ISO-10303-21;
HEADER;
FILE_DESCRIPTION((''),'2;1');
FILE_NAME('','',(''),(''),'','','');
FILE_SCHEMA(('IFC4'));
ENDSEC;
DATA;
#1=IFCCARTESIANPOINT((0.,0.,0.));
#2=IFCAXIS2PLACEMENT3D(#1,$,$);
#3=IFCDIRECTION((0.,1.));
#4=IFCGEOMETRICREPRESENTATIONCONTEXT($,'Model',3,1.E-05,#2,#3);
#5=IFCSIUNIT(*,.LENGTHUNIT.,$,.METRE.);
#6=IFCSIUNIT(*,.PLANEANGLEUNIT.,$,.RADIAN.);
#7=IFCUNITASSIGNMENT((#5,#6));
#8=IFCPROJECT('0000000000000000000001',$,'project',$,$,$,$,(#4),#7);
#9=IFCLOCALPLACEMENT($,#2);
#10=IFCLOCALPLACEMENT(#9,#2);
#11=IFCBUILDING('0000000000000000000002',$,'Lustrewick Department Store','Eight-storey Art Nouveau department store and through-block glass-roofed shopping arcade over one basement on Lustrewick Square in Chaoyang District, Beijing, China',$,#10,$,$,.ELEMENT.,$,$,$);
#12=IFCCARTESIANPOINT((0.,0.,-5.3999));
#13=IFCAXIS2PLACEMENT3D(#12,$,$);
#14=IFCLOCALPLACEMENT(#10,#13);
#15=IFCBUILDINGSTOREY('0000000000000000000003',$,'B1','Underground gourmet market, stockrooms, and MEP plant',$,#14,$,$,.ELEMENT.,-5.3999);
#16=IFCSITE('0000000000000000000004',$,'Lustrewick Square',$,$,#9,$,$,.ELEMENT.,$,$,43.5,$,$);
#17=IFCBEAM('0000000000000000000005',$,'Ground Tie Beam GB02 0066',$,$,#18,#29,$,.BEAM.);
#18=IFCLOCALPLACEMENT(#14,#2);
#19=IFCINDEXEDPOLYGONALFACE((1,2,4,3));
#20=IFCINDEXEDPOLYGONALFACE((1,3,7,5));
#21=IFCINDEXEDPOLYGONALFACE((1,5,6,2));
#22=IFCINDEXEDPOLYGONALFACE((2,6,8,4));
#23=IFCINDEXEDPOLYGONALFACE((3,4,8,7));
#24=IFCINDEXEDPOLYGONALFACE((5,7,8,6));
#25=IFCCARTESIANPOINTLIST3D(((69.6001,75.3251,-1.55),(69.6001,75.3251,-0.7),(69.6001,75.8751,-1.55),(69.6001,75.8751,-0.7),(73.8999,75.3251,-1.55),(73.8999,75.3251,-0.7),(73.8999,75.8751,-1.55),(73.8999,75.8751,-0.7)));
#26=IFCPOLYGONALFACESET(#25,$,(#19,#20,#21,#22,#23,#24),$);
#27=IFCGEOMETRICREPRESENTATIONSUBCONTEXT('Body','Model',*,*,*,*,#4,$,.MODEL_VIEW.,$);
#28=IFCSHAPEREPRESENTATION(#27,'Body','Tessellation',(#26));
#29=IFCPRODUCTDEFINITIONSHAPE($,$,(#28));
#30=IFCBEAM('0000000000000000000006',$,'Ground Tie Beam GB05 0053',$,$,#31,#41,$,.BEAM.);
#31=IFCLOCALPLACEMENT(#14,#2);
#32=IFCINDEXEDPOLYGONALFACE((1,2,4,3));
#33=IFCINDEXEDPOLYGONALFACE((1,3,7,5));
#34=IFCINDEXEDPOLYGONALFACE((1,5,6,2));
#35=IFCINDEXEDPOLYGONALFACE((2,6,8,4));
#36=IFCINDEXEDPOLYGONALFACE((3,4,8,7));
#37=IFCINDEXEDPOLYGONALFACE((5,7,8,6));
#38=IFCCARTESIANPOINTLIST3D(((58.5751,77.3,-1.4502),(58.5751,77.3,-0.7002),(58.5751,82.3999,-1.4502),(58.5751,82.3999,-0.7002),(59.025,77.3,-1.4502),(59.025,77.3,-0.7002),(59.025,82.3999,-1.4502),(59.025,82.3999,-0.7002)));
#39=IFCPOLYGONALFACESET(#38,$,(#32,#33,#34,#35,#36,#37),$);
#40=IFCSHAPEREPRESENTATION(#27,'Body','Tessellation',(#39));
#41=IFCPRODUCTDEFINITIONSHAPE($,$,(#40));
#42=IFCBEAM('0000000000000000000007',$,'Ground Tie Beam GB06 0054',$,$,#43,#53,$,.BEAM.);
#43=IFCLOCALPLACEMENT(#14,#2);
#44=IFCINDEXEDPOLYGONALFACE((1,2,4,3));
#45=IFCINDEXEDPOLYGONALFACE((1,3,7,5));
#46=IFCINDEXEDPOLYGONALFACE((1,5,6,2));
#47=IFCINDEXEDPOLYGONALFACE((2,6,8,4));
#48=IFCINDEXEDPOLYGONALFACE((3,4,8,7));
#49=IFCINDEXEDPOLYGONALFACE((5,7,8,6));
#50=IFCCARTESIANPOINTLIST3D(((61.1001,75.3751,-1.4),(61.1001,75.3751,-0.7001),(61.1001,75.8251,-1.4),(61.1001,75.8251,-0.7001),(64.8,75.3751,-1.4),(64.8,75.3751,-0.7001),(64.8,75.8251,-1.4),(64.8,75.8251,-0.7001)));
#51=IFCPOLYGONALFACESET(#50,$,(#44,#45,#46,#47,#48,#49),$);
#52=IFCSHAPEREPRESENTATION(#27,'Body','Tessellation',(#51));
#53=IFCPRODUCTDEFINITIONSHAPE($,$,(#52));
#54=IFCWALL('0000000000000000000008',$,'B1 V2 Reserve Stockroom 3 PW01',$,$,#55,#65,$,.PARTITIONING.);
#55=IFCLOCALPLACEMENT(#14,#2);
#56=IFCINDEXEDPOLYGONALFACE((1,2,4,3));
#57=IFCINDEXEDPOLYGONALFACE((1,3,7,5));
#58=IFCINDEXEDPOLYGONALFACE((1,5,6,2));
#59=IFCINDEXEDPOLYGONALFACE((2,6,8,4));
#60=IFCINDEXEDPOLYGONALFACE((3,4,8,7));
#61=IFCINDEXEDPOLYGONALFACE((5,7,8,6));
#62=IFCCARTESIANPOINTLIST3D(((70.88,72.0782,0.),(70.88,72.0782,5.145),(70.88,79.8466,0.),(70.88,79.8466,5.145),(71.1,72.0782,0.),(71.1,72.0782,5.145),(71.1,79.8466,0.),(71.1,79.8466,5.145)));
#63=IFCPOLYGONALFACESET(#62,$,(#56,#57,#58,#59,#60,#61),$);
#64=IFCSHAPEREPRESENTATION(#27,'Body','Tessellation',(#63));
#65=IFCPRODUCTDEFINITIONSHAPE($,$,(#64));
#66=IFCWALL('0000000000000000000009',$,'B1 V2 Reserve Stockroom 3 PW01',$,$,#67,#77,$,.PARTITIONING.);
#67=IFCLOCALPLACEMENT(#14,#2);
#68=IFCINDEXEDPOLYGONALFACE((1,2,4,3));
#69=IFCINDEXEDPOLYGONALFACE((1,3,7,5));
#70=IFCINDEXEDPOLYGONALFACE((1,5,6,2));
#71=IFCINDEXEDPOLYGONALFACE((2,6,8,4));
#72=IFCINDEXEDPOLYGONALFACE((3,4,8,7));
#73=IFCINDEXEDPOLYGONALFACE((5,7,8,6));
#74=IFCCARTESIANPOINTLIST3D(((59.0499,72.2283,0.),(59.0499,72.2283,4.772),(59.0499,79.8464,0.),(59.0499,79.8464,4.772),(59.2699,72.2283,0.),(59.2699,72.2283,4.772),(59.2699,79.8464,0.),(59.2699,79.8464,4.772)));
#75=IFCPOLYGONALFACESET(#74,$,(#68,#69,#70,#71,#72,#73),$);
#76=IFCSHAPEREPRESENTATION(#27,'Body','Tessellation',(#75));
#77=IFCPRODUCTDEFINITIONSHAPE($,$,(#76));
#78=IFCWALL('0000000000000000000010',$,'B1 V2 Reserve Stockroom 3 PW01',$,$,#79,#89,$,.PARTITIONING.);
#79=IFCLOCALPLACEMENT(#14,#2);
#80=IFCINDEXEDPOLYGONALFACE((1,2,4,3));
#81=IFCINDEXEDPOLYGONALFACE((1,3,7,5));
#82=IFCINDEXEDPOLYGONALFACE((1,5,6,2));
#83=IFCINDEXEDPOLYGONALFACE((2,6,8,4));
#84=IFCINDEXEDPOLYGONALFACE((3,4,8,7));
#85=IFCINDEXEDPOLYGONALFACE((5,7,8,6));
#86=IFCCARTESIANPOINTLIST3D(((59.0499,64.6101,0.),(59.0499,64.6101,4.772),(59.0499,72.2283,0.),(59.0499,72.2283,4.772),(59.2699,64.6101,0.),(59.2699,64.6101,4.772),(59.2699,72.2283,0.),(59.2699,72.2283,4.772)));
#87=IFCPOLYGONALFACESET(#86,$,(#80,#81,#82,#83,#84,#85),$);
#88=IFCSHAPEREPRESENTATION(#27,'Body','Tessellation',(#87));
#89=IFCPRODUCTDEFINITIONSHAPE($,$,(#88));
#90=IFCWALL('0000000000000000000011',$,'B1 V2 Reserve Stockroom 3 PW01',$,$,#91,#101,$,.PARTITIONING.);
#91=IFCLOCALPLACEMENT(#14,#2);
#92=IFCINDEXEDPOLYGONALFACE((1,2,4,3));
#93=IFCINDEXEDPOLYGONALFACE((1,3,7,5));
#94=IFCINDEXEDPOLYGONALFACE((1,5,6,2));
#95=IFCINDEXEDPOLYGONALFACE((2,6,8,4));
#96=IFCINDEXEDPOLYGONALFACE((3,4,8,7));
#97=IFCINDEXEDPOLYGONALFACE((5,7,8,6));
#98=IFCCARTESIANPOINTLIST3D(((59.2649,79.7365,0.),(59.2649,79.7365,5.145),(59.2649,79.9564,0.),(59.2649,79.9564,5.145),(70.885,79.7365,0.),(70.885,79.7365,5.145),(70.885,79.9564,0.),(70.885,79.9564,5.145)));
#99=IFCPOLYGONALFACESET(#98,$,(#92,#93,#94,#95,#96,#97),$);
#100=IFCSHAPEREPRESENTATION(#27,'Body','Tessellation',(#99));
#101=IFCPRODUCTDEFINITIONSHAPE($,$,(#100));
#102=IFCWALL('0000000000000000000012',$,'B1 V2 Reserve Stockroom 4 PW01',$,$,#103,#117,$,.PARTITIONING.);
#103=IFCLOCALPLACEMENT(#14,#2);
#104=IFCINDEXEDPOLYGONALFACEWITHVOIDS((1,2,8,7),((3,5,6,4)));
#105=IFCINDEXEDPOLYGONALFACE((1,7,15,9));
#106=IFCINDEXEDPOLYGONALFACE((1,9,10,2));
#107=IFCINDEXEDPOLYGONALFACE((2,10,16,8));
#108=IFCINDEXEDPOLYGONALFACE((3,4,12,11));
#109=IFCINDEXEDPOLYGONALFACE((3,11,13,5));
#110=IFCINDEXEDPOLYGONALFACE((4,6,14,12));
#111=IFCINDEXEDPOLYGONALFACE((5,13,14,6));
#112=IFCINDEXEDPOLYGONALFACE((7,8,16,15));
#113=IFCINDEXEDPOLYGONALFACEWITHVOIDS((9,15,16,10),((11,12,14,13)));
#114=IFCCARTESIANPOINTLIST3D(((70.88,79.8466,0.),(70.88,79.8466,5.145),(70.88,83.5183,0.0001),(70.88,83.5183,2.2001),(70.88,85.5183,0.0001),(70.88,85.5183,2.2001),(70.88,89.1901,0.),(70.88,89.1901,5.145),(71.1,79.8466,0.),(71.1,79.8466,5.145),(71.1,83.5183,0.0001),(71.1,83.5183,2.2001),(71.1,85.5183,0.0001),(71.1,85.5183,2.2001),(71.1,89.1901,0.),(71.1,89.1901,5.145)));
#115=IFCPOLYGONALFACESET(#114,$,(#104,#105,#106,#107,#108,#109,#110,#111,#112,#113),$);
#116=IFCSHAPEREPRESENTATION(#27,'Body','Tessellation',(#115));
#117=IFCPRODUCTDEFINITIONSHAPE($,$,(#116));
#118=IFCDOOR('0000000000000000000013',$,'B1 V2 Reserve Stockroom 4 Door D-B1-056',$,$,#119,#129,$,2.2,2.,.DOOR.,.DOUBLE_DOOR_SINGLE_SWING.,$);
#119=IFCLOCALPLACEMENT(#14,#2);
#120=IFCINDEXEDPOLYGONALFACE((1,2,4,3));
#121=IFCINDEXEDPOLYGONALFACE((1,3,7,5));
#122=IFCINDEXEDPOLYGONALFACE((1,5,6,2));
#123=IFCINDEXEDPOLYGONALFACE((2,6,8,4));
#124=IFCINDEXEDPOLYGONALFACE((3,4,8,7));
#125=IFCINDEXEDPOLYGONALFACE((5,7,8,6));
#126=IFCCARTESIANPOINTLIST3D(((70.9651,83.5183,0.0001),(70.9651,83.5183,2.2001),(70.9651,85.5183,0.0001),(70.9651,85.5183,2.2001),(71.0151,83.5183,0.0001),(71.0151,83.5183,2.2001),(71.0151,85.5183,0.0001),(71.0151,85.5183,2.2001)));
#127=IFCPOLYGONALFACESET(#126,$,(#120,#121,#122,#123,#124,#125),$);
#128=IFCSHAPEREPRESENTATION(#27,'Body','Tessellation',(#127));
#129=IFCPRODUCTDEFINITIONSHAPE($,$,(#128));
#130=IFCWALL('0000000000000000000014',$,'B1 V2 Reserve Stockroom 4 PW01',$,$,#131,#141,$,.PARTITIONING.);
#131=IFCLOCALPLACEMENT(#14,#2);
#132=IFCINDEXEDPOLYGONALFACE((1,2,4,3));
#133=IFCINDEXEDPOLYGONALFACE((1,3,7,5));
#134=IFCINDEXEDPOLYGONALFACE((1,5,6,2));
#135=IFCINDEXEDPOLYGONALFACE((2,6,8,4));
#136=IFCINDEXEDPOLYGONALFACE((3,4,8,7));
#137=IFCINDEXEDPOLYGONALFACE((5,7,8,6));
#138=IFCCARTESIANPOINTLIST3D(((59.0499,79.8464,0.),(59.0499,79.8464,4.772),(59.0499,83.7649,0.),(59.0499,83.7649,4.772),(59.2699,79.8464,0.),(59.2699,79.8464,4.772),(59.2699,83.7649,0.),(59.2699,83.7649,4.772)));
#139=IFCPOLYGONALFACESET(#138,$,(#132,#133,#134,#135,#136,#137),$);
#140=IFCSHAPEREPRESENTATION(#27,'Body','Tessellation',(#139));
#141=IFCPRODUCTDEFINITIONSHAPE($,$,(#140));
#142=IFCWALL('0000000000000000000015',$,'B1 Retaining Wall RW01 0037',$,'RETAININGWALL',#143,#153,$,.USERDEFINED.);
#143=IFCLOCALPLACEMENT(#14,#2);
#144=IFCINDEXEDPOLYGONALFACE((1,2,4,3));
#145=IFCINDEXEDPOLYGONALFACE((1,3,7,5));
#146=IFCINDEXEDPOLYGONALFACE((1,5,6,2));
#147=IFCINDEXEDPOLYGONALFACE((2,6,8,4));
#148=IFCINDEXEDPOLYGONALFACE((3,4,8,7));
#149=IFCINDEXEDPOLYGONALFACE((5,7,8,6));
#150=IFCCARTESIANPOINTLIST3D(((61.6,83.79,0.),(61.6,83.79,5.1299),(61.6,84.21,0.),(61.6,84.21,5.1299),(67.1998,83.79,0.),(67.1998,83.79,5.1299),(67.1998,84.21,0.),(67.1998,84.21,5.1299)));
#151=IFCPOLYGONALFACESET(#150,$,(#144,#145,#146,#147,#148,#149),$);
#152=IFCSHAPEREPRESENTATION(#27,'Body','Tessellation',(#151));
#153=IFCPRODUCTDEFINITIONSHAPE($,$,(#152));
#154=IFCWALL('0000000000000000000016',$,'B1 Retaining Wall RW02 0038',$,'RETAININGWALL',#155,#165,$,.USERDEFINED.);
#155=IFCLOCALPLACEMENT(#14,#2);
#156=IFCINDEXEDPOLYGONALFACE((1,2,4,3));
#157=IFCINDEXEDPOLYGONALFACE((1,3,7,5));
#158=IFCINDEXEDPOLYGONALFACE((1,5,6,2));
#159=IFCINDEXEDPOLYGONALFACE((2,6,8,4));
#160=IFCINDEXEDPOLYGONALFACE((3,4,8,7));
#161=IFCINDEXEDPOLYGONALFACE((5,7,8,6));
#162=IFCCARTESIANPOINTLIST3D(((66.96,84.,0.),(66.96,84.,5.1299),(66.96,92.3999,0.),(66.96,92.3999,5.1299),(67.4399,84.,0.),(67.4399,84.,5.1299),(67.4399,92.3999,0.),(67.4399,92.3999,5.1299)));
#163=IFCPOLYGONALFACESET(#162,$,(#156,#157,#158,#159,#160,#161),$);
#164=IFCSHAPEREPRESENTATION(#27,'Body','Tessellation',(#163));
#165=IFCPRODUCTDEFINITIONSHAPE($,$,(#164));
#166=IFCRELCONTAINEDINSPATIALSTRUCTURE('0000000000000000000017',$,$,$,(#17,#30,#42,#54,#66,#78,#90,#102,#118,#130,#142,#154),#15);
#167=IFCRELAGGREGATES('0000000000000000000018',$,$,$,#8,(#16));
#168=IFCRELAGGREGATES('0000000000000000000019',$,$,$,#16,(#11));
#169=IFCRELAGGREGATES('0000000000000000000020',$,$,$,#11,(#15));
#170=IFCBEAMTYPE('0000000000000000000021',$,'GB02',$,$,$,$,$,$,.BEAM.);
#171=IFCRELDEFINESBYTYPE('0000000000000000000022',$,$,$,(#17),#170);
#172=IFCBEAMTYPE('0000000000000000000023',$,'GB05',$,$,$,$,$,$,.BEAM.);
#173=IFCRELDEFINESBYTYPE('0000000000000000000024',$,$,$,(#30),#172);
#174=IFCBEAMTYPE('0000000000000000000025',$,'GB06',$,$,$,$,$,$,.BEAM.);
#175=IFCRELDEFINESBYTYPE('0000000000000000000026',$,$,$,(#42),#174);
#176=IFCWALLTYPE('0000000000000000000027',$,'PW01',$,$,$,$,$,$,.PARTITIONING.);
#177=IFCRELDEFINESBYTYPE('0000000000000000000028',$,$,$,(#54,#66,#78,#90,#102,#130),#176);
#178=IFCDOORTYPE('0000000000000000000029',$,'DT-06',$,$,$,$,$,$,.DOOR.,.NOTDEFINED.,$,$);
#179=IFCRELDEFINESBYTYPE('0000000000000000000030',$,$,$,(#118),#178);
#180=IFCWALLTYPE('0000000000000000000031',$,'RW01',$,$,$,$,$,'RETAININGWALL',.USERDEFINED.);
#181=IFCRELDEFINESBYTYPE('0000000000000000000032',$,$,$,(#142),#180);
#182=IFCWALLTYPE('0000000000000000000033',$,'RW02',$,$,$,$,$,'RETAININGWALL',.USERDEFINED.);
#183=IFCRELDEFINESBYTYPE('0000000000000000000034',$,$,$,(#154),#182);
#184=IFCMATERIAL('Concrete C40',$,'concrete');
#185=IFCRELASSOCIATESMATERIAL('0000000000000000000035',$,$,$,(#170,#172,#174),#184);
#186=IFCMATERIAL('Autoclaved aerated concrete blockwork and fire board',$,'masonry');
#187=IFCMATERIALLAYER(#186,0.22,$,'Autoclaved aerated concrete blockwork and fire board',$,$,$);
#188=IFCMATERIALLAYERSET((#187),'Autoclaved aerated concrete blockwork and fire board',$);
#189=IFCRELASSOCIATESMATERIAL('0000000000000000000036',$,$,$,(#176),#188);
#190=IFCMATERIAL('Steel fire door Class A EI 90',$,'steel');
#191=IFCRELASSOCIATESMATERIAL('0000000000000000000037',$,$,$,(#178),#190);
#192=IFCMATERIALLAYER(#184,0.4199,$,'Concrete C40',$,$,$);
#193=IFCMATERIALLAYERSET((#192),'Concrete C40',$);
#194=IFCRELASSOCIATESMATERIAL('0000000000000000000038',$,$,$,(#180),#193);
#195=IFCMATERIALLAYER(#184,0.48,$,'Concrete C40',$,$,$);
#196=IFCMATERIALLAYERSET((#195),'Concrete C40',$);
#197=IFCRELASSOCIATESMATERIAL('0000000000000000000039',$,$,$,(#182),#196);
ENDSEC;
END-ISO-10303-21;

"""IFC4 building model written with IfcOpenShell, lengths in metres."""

from ifc_helpers import new_model, si_unit, direction, frame, frame_2d, origin, origin_2d, place, context, subcontext, project, spatial, rectangle, extrude, material, layer, layer_set, material_profile, profile_set, type_object, element, fill, save


model = new_model("IFC4")

# Units and contexts
model_context = context("Model", 3, precision=1e-05, world=origin(), true_north=direction((0.0, 1.0)))
body_context = subcontext(model_context, "Body", "Model", "MODEL_VIEW")
ifc_project = project(units=[si_unit("LENGTHUNIT", "METRE"), si_unit("PLANEANGLEUNIT", "RADIAN")], contexts=[model_context])

# Site, building, storey
site_placement = place(None, origin())
site = spatial("IfcSite", under=ifc_project, at=site_placement, Name="Lustrewick Square", CompositionType="ELEMENT", RefElevation=43.5)
building_placement = place(site_placement, origin())
building = spatial("IfcBuilding", under=site, at=building_placement, Name="Lustrewick Department Store", Description="Eight-storey Art Nouveau department store and through-block glass-roofed shopping arcade over one basement on Lustrewick Square in Chaoyang District, Beijing, China", CompositionType="ELEMENT")
storey_placement = place(building_placement, frame((0.0, 0.0, -5.3999)))
storey = spatial("IfcBuildingStorey", under=building, at=storey_placement, Name="B1", Description="Underground gourmet market, stockrooms, and MEP plant", CompositionType="ELEMENT", Elevation=-5.3999)

# Shared definitions
ifc_material_1 = material(Name="Concrete C40", Category="concrete")

# Beams
ifc_material_profile_1 = material_profile(ifc_material_1, rectangle(XDim=0.55, YDim=0.8501, at=origin_2d()), Name="RC 550x850")
ifc_profile_set_1 = profile_set([ifc_material_profile_1], Name="Concrete C40")
beam_type_1 = type_object("IfcBeamType", Name="GB02", PredefinedType="BEAM", material=ifc_profile_set_1)
beam_1_placement = place(storey_placement, frame((69.6001, 75.6001, -1.125), z_axis=(1.0, 0.0, 0.0), x_axis=(0.0, 1.0, 0.0)))
element("IfcBeam", 1, at=beam_1_placement, inside=storey, type_object=beam_type_1, Name="Ground Tie Beam GB02 0066", PredefinedType="BEAM", context=body_context, shape_type="SweptSolid", body=[
    extrude(rectangle(XDim=0.55, YDim=0.8501, at=origin_2d()), origin(), (0.0, 0.0, 1.0), 4.2998),
])
ifc_material_profile_2 = material_profile(ifc_material_1, rectangle(XDim=0.45, YDim=0.75, at=origin_2d()), Name="RC 450x750")
ifc_profile_set_2 = profile_set([ifc_material_profile_2], Name="Concrete C40")
beam_type_2 = type_object("IfcBeamType", Name="GB05", PredefinedType="BEAM", material=ifc_profile_set_2)
beam_2_placement = place(storey_placement, frame((58.8, 77.3, -1.0752), z_axis=(0.0, 1.0, 0.0), x_axis=(-1.0, 0.0, 0.0)))
element("IfcBeam", 2, at=beam_2_placement, inside=storey, type_object=beam_type_2, Name="Ground Tie Beam GB05 0053", PredefinedType="BEAM", context=body_context, shape_type="SweptSolid", body=[
    extrude(rectangle(XDim=0.45, YDim=0.75, at=origin_2d()), origin(), (0.0, 0.0, 1.0), 5.0999),
])
ifc_material_profile_3 = material_profile(ifc_material_1, rectangle(XDim=0.45, YDim=0.7, at=origin_2d()), Name="RC 450x700")
ifc_profile_set_3 = profile_set([ifc_material_profile_3], Name="Concrete C40")
beam_type_3 = type_object("IfcBeamType", Name="GB06", PredefinedType="BEAM", material=ifc_profile_set_3)
beam_3_placement = place(storey_placement, frame((61.1001, 75.6001, -1.05), z_axis=(1.0, 0.0, 0.0), x_axis=(0.0, 1.0, 0.0)))
element("IfcBeam", 3, at=beam_3_placement, inside=storey, type_object=beam_type_3, Name="Ground Tie Beam GB06 0054", PredefinedType="BEAM", context=body_context, shape_type="SweptSolid", body=[
    extrude(rectangle(XDim=0.45, YDim=0.7, at=origin_2d()), origin(), (0.0, 0.0, 1.0), 3.7),
])

# Walls
ifc_material_2 = material(Name="Autoclaved aerated concrete blockwork and fire board", Category="masonry")
ifc_layer_1 = layer(ifc_material_2, 0.22, Name="Autoclaved aerated concrete blockwork and fire board")
ifc_layer_set_1 = layer_set([ifc_layer_1], Name="Autoclaved aerated concrete blockwork and fire board")
wall_type_1 = type_object("IfcWallType", Name="PW01", PredefinedType="PARTITIONING", material=ifc_layer_set_1)
wall_1_placement = place(storey_placement, frame((70.99, 72.0781, 0.0), z_axis=(0.0, 0.0, 1.0), x_axis=(0.0, 1.0, 0.0)))
element("IfcWall", 4, at=wall_1_placement, inside=storey, type_object=wall_type_1, Name="B1 V2 Reserve Stockroom 3 PW01", PredefinedType="PARTITIONING", context=body_context, shape_type="SweptSolid", body=[
    extrude(rectangle(XDim=7.7683, YDim=0.22, at=frame_2d((3.8843, 0.0))), origin(), (0.0, 0.0, 1.0), 5.145),
])
for number, where, z_axis, x_axis, name in (
    (5, (59.1599, 79.8464, 0.0), (0.0, 0.0, 1.0), (0.0, -1.0, 0.0), "B1 V2 Reserve Stockroom 3 PW01"),
    (6, (59.1599, 72.2283, 0.0), (0.0, 0.0, 1.0), (0.0, -1.0, 0.0), "B1 V2 Reserve Stockroom 3 PW01"),
):
    element("IfcWall", number, at=place(storey_placement, frame(where, z_axis=z_axis, x_axis=x_axis)), inside=storey, type_object=wall_type_1, Name=name, PredefinedType="PARTITIONING", context=body_context, shape_type="SweptSolid", body=[
        extrude(rectangle(XDim=7.6182, YDim=0.22, at=frame_2d((3.8091, 0.0))), origin(), (0.0, 0.0, 1.0), 4.772),
    ])
wall_2_placement = place(storey_placement, frame((70.885, 79.8464, 0.0), z_axis=(0.0, 0.0, 1.0), x_axis=(-1.0, 0.0, 0.0)))
element("IfcWall", 7, at=wall_2_placement, inside=storey, type_object=wall_type_1, Name="B1 V2 Reserve Stockroom 3 PW01", PredefinedType="PARTITIONING", context=body_context, shape_type="SweptSolid", body=[
    extrude(rectangle(XDim=11.6201, YDim=0.22, at=frame_2d((5.8101, 0.0))), origin(), (0.0, 0.0, 1.0), 5.145),
])

# Wall, opening, door
wall_3_placement = place(storey_placement, frame((70.99, 79.8464, 0.0), z_axis=(0.0, 0.0, 1.0), x_axis=(0.0, 1.0, 0.0)))
wall_3 = element("IfcWall", 8, at=wall_3_placement, inside=storey, type_object=wall_type_1, Name="B1 V2 Reserve Stockroom 4 PW01", PredefinedType="PARTITIONING", context=body_context, shape_type="SweptSolid", body=[
    extrude(rectangle(XDim=9.3435, YDim=0.22, at=frame_2d((4.6719, 0.0))), origin(), (0.0, 0.0, 1.0), 5.145),
])
opening_placement = place(wall_3_placement, frame((3.6719, 0.0, 0.0)))
opening = element("IfcOpeningElement", 9, at=opening_placement, cuts=wall_3, PredefinedType="OPENING", context=body_context, shape_type="SweptSolid", body=[
    extrude(rectangle(XDim=2.0, YDim=2.2, at=frame_2d((1.0, 1.1001))), frame((0.0, 0.1201, 0.0), z_axis=(0.0, -1.0, 0.0), x_axis=(1.0, 0.0, 0.0)), (0.0, 0.0, 1.0), 0.24),
])
ifc_material_3 = material(Name="Steel fire door Class A EI 90", Category="steel")
door_type = type_object("IfcDoorType", Name="DT-06", OperationType="NOTDEFINED", PredefinedType="DOOR", material=ifc_material_3)
door_placement = place(opening_placement, origin())
door = element("IfcDoor", 10, at=door_placement, inside=storey, type_object=door_type, Name="B1 V2 Reserve Stockroom 4 Door D-B1-056", OperationType="DOUBLE_DOOR_SINGLE_SWING", OverallHeight=2.2, OverallWidth=2.0, PredefinedType="DOOR", context=body_context, shape_type="SweptSolid", body=[
    extrude(rectangle(XDim=2.0, YDim=2.2, at=frame_2d((1.0, 1.1001))), frame((0.0, 0.0249, 0.0), z_axis=(0.0, -1.0, 0.0), x_axis=(1.0, 0.0, 0.0)), (0.0, 0.0, 1.0), 0.05),
])
fill(opening, door)

# Walls
wall_4_placement = place(storey_placement, frame((59.1599, 83.7649, 0.0), z_axis=(0.0, 0.0, 1.0), x_axis=(0.0, -1.0, 0.0)))
element("IfcWall", 11, at=wall_4_placement, inside=storey, type_object=wall_type_1, Name="B1 V2 Reserve Stockroom 4 PW01", PredefinedType="PARTITIONING", context=body_context, shape_type="SweptSolid", body=[
    extrude(rectangle(XDim=3.9185, YDim=0.22, at=frame_2d((1.9592, 0.0))), origin(), (0.0, 0.0, 1.0), 4.772),
])
ifc_layer_2 = layer(ifc_material_1, 0.4199, Name="Concrete C40")
ifc_layer_set_2 = layer_set([ifc_layer_2], Name="Concrete C40")
wall_type_2 = type_object("IfcWallType", Name="RW01", ElementType="RETAININGWALL", PredefinedType="USERDEFINED", material=ifc_layer_set_2)
wall_5_placement = place(storey_placement, frame((61.6001, 84.0, 0.0), z_axis=(0.0, 0.0, 1.0), x_axis=(1.0, 0.0, 0.0)))
element("IfcWall", 12, at=wall_5_placement, inside=storey, type_object=wall_type_2, Name="B1 Retaining Wall RW01 0037", ObjectType="RETAININGWALL", PredefinedType="USERDEFINED", context=body_context, shape_type="SweptSolid", body=[
    extrude(rectangle(XDim=5.5999, YDim=0.4199, at=frame_2d((2.7998, 0.0))), origin(), (0.0, 0.0, 1.0), 5.1299),
])
ifc_layer_3 = layer(ifc_material_1, 0.48, Name="Concrete C40")
ifc_layer_set_3 = layer_set([ifc_layer_3], Name="Concrete C40")
wall_type_3 = type_object("IfcWallType", Name="RW02", ElementType="RETAININGWALL", PredefinedType="USERDEFINED", material=ifc_layer_set_3)
wall_6_placement = place(storey_placement, frame((67.2, 84.0, 0.0), z_axis=(0.0, 0.0, 1.0), x_axis=(0.0, 1.0, 0.0)))
element("IfcWall", 13, at=wall_6_placement, inside=storey, type_object=wall_type_3, Name="B1 Retaining Wall RW02 0038", ObjectType="RETAININGWALL", PredefinedType="USERDEFINED", context=body_context, shape_type="SweptSolid", body=[
    extrude(rectangle(XDim=8.3999, YDim=0.48, at=frame_2d((4.2, 0.0))), origin(), (0.0, 0.0, 1.0), 5.1299),
])

save(model, "model.ifc")
